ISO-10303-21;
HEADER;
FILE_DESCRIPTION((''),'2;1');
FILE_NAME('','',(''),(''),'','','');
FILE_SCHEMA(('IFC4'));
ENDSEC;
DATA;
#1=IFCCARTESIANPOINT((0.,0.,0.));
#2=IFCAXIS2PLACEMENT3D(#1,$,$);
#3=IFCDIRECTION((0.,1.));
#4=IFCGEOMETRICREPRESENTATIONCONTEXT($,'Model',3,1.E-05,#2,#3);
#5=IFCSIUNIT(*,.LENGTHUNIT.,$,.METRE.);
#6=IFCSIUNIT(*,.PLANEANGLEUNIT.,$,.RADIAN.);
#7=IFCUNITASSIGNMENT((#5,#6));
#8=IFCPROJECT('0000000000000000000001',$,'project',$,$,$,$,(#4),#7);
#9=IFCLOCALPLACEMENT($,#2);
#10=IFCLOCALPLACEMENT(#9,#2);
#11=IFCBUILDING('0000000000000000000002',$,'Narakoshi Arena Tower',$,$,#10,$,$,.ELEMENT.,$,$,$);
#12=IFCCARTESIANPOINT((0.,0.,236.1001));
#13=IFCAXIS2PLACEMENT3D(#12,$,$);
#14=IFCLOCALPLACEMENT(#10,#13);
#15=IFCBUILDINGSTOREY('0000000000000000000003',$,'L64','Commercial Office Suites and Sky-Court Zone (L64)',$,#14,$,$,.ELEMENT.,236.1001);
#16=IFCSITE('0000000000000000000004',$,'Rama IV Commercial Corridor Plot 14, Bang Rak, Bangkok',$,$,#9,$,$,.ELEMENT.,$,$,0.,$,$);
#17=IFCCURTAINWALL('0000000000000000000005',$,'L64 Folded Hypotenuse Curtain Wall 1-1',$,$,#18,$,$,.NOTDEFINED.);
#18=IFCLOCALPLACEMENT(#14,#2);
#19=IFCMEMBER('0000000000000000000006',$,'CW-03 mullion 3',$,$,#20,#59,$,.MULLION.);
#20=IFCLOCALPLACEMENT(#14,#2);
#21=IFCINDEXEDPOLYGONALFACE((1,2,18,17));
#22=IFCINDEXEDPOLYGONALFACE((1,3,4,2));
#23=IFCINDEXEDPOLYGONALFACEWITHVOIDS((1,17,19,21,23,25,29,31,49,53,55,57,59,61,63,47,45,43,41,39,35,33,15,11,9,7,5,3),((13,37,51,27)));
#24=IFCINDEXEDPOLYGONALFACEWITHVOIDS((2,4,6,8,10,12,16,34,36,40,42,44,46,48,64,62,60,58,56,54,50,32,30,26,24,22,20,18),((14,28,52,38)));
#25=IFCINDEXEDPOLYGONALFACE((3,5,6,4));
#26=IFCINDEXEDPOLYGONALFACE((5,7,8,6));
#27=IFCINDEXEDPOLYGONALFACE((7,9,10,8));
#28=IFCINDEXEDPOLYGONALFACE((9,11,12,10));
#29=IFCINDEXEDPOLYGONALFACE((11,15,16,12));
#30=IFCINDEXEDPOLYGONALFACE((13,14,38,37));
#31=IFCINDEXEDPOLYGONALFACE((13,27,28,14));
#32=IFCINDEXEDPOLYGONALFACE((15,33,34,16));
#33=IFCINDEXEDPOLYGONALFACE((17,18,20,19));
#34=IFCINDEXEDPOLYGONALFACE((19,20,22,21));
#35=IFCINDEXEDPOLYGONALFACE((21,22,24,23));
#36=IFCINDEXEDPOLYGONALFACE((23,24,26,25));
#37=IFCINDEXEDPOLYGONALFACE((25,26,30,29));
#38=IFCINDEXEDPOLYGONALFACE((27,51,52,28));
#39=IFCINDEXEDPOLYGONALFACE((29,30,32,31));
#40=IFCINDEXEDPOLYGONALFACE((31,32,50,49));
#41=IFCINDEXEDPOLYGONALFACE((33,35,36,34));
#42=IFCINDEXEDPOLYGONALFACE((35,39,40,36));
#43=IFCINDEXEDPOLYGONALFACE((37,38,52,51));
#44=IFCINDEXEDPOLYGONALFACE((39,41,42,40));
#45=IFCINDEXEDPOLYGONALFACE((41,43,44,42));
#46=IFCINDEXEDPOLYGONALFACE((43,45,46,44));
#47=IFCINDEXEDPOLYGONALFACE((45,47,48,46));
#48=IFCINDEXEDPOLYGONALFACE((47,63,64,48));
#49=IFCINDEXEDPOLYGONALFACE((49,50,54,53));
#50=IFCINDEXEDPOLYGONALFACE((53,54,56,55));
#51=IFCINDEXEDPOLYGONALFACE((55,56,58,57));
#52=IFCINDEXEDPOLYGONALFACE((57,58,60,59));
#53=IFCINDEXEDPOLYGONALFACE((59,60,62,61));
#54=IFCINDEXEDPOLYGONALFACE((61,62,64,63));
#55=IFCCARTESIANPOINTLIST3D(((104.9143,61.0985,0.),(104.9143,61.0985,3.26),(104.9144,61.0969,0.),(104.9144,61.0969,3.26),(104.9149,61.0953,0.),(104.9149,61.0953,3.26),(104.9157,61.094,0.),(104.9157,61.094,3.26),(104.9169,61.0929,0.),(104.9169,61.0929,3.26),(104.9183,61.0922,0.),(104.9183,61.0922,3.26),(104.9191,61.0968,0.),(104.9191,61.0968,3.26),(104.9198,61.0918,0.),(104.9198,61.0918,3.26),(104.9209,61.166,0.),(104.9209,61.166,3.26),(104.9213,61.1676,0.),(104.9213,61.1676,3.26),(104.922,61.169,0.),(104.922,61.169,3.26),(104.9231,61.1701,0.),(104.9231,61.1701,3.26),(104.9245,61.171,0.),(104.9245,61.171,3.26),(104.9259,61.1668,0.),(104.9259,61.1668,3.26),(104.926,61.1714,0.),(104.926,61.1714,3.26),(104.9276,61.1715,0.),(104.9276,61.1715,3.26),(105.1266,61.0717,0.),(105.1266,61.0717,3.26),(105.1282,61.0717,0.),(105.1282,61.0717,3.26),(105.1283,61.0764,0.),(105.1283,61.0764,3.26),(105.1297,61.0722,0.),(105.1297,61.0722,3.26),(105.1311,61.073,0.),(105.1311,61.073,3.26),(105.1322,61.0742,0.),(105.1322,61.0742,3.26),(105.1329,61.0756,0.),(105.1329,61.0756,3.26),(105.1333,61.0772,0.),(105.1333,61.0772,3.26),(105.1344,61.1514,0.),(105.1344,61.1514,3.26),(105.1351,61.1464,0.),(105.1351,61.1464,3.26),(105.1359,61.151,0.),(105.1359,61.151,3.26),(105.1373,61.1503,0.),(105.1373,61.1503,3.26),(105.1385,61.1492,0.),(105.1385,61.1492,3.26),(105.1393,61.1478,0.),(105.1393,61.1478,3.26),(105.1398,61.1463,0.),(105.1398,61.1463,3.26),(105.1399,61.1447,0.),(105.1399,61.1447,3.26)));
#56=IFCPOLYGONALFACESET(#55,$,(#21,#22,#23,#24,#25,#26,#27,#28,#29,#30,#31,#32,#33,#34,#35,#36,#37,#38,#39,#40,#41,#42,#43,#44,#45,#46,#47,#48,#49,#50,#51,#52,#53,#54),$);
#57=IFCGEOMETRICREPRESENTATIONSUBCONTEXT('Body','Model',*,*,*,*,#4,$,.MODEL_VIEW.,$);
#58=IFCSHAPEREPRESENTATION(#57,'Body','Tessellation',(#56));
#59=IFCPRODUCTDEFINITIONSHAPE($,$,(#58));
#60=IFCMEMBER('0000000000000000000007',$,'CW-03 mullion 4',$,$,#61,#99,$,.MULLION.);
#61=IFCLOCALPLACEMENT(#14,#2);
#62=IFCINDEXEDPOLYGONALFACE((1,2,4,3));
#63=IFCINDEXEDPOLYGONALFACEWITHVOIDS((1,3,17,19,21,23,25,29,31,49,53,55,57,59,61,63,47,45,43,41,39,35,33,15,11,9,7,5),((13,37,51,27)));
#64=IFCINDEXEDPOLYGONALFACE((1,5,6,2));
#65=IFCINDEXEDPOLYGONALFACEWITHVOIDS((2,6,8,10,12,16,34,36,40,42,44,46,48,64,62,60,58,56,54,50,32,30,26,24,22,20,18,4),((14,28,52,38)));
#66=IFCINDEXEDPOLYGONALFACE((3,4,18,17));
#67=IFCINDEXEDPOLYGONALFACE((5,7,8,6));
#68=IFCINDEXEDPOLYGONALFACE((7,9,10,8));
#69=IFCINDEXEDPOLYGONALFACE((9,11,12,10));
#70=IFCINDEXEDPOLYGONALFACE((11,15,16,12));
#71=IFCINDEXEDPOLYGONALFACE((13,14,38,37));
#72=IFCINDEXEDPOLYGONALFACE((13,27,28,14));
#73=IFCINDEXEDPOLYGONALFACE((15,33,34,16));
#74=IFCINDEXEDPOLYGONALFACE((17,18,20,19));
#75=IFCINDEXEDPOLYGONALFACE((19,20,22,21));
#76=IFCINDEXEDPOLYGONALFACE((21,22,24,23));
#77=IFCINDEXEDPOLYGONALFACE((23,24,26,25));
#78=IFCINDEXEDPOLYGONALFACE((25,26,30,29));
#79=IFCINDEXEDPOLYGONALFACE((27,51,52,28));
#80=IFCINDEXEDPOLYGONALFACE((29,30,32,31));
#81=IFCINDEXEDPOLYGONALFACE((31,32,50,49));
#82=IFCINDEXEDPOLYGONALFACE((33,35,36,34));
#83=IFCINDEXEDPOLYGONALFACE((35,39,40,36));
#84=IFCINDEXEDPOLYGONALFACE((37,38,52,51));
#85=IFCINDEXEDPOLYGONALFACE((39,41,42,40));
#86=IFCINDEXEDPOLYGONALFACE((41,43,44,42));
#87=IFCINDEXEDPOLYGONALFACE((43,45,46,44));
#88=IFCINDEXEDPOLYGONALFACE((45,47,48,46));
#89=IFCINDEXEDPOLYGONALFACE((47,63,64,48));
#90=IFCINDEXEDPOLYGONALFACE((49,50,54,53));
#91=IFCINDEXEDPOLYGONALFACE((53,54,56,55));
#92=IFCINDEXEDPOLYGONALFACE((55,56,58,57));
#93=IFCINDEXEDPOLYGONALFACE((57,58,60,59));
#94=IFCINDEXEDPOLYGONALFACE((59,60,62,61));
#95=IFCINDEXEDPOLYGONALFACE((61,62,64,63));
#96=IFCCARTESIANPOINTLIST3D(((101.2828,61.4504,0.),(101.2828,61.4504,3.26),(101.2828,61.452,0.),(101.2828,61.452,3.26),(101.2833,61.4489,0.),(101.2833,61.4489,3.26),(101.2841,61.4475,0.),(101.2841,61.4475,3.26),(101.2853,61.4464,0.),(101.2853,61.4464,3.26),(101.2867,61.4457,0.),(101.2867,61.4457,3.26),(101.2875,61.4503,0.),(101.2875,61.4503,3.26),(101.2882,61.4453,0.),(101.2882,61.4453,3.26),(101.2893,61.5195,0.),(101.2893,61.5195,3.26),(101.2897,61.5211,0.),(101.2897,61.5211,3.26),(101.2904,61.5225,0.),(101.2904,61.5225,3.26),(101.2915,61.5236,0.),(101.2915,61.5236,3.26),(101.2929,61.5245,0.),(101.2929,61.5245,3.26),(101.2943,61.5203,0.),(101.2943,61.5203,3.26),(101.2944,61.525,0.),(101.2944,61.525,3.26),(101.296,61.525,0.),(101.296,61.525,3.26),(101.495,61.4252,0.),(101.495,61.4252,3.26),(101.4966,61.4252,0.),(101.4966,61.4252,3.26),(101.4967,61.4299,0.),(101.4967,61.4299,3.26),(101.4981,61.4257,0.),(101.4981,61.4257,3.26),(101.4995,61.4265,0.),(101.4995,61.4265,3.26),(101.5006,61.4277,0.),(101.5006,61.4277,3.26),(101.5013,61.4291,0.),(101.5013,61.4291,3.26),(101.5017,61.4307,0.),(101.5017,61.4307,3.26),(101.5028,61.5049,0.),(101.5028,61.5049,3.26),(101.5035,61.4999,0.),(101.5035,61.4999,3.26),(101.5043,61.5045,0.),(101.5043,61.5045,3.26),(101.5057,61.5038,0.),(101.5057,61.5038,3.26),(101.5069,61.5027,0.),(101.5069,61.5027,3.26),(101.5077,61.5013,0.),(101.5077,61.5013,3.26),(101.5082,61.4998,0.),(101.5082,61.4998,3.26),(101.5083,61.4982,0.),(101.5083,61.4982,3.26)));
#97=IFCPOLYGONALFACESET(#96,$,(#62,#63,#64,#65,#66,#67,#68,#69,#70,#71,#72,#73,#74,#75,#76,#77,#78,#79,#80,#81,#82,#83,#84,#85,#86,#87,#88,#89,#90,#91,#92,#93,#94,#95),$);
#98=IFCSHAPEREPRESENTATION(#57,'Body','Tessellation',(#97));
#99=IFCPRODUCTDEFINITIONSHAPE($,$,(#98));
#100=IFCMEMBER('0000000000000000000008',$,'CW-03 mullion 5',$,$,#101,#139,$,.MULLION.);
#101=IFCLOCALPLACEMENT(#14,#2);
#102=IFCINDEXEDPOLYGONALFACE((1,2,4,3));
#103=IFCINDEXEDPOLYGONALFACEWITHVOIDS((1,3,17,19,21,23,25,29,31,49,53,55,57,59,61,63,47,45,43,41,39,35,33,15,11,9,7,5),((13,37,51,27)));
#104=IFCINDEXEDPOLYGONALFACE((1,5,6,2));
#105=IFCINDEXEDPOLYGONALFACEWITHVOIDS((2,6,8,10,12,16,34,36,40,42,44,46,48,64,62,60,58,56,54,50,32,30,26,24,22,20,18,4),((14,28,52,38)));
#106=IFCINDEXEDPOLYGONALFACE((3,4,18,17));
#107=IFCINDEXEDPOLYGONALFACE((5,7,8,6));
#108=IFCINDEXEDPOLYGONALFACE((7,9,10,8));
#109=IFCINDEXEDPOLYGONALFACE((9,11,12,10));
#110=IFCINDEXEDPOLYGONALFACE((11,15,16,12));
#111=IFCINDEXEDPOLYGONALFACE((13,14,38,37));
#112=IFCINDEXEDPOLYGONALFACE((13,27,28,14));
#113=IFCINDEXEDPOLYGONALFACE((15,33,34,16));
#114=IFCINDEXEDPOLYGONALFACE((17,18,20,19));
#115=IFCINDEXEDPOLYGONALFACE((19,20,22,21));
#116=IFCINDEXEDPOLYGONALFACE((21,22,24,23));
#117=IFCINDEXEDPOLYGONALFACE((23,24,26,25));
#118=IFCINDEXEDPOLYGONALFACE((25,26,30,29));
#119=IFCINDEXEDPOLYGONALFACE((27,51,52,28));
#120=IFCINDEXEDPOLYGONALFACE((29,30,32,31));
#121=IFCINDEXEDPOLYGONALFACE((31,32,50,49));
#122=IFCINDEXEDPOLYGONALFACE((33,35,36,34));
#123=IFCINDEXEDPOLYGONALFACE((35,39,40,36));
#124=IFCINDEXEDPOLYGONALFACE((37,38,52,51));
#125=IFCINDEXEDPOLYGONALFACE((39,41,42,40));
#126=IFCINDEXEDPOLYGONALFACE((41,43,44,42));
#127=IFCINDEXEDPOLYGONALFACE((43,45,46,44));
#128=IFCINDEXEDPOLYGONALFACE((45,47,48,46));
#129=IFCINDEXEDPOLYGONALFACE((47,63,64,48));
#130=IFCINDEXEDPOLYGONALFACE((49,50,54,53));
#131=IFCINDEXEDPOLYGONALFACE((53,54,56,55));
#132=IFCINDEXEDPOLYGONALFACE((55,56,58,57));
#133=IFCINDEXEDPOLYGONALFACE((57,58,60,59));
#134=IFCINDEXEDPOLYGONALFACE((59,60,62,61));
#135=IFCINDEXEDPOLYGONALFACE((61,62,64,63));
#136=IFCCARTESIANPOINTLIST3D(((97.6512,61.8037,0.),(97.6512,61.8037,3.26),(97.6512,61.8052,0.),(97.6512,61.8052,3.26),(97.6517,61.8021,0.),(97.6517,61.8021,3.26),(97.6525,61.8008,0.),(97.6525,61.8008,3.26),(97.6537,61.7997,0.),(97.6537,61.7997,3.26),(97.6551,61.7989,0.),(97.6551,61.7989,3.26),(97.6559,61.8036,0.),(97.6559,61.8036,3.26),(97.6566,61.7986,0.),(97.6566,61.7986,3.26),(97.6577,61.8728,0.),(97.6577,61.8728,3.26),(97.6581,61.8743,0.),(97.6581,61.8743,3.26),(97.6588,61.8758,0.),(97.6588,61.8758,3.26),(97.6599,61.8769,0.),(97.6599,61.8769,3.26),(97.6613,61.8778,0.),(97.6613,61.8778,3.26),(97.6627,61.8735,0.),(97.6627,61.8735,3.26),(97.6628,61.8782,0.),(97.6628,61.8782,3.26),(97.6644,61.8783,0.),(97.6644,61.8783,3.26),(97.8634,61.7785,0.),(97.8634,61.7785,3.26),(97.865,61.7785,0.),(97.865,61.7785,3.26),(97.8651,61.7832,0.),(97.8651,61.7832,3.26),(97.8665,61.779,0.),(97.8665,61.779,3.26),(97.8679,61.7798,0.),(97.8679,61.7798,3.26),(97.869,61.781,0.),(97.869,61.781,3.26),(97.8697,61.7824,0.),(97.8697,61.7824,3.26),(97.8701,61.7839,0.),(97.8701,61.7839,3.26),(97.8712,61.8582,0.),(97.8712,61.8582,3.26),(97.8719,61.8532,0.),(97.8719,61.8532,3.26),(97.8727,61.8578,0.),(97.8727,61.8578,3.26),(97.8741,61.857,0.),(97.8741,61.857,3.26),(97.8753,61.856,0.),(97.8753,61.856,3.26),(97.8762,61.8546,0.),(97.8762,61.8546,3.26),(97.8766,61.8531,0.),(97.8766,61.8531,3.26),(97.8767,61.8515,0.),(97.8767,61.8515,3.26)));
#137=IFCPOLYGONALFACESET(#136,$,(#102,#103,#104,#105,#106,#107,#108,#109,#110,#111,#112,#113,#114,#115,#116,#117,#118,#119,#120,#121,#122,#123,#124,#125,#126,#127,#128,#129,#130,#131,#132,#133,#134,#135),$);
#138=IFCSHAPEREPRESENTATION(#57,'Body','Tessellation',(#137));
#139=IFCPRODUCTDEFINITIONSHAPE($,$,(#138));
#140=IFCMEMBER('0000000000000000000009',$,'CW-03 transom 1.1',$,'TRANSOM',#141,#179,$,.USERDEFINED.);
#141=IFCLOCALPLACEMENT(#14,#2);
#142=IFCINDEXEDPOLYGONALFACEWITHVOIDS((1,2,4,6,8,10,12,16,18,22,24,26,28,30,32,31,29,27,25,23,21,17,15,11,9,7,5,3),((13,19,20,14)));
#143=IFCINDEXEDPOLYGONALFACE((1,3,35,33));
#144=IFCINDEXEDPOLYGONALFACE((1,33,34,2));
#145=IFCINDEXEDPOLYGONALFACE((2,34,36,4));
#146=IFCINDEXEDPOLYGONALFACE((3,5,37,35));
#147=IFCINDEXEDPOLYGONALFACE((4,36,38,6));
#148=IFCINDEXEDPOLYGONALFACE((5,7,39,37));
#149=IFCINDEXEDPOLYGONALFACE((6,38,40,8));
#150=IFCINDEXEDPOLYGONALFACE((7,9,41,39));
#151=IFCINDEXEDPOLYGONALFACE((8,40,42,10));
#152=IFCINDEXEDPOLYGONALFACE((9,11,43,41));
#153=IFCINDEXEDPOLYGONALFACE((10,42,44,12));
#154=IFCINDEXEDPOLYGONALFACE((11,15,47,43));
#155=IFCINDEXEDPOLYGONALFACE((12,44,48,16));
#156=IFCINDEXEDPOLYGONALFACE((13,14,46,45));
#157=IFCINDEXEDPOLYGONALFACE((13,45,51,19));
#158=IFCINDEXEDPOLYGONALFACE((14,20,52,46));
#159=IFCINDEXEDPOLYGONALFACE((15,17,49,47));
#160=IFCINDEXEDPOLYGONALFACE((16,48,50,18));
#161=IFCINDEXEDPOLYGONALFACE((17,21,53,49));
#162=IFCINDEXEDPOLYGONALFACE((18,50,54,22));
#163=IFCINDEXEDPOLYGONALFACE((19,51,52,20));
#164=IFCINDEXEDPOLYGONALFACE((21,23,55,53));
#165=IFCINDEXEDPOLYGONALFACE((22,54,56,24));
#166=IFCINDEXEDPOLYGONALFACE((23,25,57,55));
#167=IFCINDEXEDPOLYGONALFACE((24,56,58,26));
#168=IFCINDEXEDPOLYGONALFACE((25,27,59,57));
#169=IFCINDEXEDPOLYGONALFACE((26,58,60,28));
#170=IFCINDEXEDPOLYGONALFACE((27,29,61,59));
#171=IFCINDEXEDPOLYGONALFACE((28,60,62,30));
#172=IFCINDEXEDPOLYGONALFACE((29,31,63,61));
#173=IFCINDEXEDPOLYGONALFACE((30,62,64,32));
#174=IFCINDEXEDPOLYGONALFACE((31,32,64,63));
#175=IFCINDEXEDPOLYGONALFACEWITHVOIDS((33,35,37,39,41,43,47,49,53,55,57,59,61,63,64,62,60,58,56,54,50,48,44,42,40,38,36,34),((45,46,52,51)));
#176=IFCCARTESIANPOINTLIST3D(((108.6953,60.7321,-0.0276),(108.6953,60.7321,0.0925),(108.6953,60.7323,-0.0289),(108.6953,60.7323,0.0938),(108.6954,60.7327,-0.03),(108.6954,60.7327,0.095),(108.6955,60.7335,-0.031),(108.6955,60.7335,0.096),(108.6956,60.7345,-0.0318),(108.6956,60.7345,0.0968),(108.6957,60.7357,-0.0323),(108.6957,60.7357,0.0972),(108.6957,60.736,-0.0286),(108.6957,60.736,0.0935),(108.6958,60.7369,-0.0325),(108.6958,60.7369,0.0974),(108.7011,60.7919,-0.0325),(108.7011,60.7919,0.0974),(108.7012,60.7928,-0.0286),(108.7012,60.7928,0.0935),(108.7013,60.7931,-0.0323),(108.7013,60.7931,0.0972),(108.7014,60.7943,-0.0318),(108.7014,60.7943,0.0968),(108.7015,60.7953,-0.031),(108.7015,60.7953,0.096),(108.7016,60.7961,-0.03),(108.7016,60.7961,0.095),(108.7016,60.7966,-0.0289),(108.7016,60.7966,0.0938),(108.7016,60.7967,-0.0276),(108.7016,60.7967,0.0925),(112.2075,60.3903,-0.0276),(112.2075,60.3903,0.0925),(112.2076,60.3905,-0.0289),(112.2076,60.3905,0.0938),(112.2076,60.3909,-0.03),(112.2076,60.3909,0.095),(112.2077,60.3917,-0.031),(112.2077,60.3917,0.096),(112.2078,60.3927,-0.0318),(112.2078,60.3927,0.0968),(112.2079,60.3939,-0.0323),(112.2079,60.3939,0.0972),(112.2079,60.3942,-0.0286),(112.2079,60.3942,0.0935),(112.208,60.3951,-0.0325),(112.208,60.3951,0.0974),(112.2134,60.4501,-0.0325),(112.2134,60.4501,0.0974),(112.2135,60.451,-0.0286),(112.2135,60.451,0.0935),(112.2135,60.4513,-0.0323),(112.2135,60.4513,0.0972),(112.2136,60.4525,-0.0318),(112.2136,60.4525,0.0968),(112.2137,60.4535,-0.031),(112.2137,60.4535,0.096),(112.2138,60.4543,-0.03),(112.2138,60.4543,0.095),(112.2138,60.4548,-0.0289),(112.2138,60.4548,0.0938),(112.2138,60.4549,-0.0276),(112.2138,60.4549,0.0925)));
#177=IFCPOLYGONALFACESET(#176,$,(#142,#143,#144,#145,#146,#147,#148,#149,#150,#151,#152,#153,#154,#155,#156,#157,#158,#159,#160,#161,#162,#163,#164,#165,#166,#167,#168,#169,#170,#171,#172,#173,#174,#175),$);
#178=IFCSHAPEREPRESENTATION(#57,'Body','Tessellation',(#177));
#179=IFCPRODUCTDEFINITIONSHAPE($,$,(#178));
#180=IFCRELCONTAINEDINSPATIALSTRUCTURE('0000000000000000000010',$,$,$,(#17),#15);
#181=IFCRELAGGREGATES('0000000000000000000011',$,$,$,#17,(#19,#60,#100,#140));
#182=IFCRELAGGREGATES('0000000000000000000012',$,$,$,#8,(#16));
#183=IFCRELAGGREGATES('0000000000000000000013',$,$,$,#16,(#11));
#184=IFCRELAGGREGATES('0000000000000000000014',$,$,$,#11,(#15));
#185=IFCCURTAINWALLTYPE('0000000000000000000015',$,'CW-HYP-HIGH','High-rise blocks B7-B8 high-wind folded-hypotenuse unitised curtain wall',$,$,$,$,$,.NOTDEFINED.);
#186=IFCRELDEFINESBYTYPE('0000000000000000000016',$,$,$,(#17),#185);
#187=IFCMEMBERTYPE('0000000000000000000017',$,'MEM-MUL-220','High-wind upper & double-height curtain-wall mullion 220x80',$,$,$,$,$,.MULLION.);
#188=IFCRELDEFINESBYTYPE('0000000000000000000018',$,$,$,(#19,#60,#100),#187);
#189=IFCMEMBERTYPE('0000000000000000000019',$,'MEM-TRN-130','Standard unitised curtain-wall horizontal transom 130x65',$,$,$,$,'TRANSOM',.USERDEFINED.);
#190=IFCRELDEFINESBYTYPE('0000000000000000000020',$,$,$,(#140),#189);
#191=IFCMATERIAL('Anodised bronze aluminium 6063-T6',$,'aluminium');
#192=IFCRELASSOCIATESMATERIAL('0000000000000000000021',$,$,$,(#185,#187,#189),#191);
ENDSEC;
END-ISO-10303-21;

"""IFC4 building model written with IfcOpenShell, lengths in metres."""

from ifc_helpers import new_model, si_unit, direction, frame, origin, origin_2d, place, context, subcontext, project, spatial, hollow_rectangle, extrude, material, material_profile, profile_set, type_object, element, aggregate, save


model = new_model("IFC4")

# Units and contexts
model_context = context("Model", 3, precision=1e-05, world=origin(), true_north=direction((0.0, 1.0)))
body_context = subcontext(model_context, "Body", "Model", "MODEL_VIEW")
ifc_project = project(units=[si_unit("LENGTHUNIT", "METRE"), si_unit("PLANEANGLEUNIT", "RADIAN")], contexts=[model_context])

# Site, building, storey
site_placement = place(None, origin())
site = spatial("IfcSite", under=ifc_project, at=site_placement, Name="Rama IV Commercial Corridor Plot 14, Bang Rak, Bangkok", CompositionType="ELEMENT", RefElevation=0.0)
building_placement = place(site_placement, origin())
building = spatial("IfcBuilding", under=site, at=building_placement, Name="Narakoshi Arena Tower", CompositionType="ELEMENT")
storey_placement = place(building_placement, frame((0.0, 0.0, 236.1001)))
storey = spatial("IfcBuildingStorey", under=building, at=storey_placement, Name="L64", Description="Commercial Office Suites and Sky-Court Zone (L64)", CompositionType="ELEMENT", Elevation=236.1001)

# Curtain wall, members
ifc_material_1 = material(Name="Anodised bronze aluminium 6063-T6", Category="aluminium")
curtain_wall_type = type_object("IfcCurtainWallType", Name="CW-HYP-HIGH", Description="High-rise blocks B7-B8 high-wind folded-hypotenuse unitised curtain wall", PredefinedType="NOTDEFINED", material=ifc_material_1)
curtain_wall_placement = place(storey_placement, origin())
curtain_wall = element("IfcCurtainWall", 1, at=curtain_wall_placement, inside=storey, type_object=curtain_wall_type, Name="L64 Folded Hypotenuse Curtain Wall 1-1", PredefinedType="NOTDEFINED")
ifc_material_profile_1 = material_profile(ifc_material_1, hollow_rectangle(XDim=0.0801, YDim=0.22, WallThickness=0.0049, OuterFilletRadius=0.0061, at=origin_2d()), Name="MUL220x80x5")
ifc_profile_set_1 = profile_set([ifc_material_profile_1], Name="Anodised bronze aluminium 6063-T6")
member_type_1 = type_object("IfcMemberType", Name="MEM-MUL-220", Description="High-wind upper & double-height curtain-wall mullion 220x80", PredefinedType="MULLION", material=ifc_profile_set_1)
member_1_placement = place(storey_placement, frame((105.0271, 61.1216, 0.0), z_axis=(0.0, 0.0, 1.0), x_axis=(-0.096851, -0.995299, 0.0)))
member_1 = element("IfcMember", 2, at=member_1_placement, type_object=member_type_1, Name="CW-03 mullion 3", PredefinedType="MULLION", context=body_context, shape_type="SweptSolid", body=[
    extrude(hollow_rectangle(XDim=0.0801, YDim=0.22, WallThickness=0.0049, OuterFilletRadius=0.0061, at=origin_2d()), origin(), (0.0, 0.0, 1.0), 3.26),
])
member_2_placement = place(storey_placement, frame((101.3955, 61.4751, 0.0), z_axis=(0.0, 0.0, 1.0), x_axis=(-0.096851, -0.995299, 0.0)))
member_2 = element("IfcMember", 3, at=member_2_placement, type_object=member_type_1, Name="CW-03 mullion 4", PredefinedType="MULLION", context=body_context, shape_type="SweptSolid", body=[
    extrude(hollow_rectangle(XDim=0.0801, YDim=0.22, WallThickness=0.0049, OuterFilletRadius=0.0061, at=origin_2d()), origin(), (0.0, 0.0, 1.0), 3.26),
])
member_3_placement = place(storey_placement, frame((97.7639, 61.8284, 0.0), z_axis=(0.0, 0.0, 1.0), x_axis=(-0.096851, -0.995299, 0.0)))
member_3 = element("IfcMember", 4, at=member_3_placement, type_object=member_type_1, Name="CW-03 mullion 5", PredefinedType="MULLION", context=body_context, shape_type="SweptSolid", body=[
    extrude(hollow_rectangle(XDim=0.0801, YDim=0.22, WallThickness=0.0049, OuterFilletRadius=0.0061, at=origin_2d()), origin(), (0.0, 0.0, 1.0), 3.26),
])
ifc_material_profile_2 = material_profile(ifc_material_1, hollow_rectangle(XDim=0.0649, YDim=0.1299, WallThickness=0.0039, OuterFilletRadius=0.0049, at=origin_2d()), Name="TRN130x65x4")
ifc_profile_set_2 = profile_set([ifc_material_profile_2], Name="Anodised bronze aluminium 6063-T6")
member_type_2 = type_object("IfcMemberType", Name="MEM-TRN-130", Description="Standard unitised curtain-wall horizontal transom 130x65", ElementType="TRANSOM", PredefinedType="USERDEFINED", material=ifc_profile_set_2)
member_4_placement = place(storey_placement, frame((112.2107, 60.4226, 0.0325), z_axis=(-0.995298, 0.096859, 0.0), x_axis=(-0.096859, -0.995298, 0.0)))
member_4 = element("IfcMember", 5, at=member_4_placement, type_object=member_type_2, Name="CW-03 transom 1.1", ObjectType="TRANSOM", PredefinedType="USERDEFINED", context=body_context, shape_type="SweptSolid", body=[
    extrude(hollow_rectangle(XDim=0.0649, YDim=0.1299, WallThickness=0.0039, OuterFilletRadius=0.0049, at=origin_2d()), origin(), (0.0, 0.0, 1.0), 3.5288),
])
aggregate(curtain_wall, [member_1, member_2, member_3, member_4])

save(model, "model.ifc")
